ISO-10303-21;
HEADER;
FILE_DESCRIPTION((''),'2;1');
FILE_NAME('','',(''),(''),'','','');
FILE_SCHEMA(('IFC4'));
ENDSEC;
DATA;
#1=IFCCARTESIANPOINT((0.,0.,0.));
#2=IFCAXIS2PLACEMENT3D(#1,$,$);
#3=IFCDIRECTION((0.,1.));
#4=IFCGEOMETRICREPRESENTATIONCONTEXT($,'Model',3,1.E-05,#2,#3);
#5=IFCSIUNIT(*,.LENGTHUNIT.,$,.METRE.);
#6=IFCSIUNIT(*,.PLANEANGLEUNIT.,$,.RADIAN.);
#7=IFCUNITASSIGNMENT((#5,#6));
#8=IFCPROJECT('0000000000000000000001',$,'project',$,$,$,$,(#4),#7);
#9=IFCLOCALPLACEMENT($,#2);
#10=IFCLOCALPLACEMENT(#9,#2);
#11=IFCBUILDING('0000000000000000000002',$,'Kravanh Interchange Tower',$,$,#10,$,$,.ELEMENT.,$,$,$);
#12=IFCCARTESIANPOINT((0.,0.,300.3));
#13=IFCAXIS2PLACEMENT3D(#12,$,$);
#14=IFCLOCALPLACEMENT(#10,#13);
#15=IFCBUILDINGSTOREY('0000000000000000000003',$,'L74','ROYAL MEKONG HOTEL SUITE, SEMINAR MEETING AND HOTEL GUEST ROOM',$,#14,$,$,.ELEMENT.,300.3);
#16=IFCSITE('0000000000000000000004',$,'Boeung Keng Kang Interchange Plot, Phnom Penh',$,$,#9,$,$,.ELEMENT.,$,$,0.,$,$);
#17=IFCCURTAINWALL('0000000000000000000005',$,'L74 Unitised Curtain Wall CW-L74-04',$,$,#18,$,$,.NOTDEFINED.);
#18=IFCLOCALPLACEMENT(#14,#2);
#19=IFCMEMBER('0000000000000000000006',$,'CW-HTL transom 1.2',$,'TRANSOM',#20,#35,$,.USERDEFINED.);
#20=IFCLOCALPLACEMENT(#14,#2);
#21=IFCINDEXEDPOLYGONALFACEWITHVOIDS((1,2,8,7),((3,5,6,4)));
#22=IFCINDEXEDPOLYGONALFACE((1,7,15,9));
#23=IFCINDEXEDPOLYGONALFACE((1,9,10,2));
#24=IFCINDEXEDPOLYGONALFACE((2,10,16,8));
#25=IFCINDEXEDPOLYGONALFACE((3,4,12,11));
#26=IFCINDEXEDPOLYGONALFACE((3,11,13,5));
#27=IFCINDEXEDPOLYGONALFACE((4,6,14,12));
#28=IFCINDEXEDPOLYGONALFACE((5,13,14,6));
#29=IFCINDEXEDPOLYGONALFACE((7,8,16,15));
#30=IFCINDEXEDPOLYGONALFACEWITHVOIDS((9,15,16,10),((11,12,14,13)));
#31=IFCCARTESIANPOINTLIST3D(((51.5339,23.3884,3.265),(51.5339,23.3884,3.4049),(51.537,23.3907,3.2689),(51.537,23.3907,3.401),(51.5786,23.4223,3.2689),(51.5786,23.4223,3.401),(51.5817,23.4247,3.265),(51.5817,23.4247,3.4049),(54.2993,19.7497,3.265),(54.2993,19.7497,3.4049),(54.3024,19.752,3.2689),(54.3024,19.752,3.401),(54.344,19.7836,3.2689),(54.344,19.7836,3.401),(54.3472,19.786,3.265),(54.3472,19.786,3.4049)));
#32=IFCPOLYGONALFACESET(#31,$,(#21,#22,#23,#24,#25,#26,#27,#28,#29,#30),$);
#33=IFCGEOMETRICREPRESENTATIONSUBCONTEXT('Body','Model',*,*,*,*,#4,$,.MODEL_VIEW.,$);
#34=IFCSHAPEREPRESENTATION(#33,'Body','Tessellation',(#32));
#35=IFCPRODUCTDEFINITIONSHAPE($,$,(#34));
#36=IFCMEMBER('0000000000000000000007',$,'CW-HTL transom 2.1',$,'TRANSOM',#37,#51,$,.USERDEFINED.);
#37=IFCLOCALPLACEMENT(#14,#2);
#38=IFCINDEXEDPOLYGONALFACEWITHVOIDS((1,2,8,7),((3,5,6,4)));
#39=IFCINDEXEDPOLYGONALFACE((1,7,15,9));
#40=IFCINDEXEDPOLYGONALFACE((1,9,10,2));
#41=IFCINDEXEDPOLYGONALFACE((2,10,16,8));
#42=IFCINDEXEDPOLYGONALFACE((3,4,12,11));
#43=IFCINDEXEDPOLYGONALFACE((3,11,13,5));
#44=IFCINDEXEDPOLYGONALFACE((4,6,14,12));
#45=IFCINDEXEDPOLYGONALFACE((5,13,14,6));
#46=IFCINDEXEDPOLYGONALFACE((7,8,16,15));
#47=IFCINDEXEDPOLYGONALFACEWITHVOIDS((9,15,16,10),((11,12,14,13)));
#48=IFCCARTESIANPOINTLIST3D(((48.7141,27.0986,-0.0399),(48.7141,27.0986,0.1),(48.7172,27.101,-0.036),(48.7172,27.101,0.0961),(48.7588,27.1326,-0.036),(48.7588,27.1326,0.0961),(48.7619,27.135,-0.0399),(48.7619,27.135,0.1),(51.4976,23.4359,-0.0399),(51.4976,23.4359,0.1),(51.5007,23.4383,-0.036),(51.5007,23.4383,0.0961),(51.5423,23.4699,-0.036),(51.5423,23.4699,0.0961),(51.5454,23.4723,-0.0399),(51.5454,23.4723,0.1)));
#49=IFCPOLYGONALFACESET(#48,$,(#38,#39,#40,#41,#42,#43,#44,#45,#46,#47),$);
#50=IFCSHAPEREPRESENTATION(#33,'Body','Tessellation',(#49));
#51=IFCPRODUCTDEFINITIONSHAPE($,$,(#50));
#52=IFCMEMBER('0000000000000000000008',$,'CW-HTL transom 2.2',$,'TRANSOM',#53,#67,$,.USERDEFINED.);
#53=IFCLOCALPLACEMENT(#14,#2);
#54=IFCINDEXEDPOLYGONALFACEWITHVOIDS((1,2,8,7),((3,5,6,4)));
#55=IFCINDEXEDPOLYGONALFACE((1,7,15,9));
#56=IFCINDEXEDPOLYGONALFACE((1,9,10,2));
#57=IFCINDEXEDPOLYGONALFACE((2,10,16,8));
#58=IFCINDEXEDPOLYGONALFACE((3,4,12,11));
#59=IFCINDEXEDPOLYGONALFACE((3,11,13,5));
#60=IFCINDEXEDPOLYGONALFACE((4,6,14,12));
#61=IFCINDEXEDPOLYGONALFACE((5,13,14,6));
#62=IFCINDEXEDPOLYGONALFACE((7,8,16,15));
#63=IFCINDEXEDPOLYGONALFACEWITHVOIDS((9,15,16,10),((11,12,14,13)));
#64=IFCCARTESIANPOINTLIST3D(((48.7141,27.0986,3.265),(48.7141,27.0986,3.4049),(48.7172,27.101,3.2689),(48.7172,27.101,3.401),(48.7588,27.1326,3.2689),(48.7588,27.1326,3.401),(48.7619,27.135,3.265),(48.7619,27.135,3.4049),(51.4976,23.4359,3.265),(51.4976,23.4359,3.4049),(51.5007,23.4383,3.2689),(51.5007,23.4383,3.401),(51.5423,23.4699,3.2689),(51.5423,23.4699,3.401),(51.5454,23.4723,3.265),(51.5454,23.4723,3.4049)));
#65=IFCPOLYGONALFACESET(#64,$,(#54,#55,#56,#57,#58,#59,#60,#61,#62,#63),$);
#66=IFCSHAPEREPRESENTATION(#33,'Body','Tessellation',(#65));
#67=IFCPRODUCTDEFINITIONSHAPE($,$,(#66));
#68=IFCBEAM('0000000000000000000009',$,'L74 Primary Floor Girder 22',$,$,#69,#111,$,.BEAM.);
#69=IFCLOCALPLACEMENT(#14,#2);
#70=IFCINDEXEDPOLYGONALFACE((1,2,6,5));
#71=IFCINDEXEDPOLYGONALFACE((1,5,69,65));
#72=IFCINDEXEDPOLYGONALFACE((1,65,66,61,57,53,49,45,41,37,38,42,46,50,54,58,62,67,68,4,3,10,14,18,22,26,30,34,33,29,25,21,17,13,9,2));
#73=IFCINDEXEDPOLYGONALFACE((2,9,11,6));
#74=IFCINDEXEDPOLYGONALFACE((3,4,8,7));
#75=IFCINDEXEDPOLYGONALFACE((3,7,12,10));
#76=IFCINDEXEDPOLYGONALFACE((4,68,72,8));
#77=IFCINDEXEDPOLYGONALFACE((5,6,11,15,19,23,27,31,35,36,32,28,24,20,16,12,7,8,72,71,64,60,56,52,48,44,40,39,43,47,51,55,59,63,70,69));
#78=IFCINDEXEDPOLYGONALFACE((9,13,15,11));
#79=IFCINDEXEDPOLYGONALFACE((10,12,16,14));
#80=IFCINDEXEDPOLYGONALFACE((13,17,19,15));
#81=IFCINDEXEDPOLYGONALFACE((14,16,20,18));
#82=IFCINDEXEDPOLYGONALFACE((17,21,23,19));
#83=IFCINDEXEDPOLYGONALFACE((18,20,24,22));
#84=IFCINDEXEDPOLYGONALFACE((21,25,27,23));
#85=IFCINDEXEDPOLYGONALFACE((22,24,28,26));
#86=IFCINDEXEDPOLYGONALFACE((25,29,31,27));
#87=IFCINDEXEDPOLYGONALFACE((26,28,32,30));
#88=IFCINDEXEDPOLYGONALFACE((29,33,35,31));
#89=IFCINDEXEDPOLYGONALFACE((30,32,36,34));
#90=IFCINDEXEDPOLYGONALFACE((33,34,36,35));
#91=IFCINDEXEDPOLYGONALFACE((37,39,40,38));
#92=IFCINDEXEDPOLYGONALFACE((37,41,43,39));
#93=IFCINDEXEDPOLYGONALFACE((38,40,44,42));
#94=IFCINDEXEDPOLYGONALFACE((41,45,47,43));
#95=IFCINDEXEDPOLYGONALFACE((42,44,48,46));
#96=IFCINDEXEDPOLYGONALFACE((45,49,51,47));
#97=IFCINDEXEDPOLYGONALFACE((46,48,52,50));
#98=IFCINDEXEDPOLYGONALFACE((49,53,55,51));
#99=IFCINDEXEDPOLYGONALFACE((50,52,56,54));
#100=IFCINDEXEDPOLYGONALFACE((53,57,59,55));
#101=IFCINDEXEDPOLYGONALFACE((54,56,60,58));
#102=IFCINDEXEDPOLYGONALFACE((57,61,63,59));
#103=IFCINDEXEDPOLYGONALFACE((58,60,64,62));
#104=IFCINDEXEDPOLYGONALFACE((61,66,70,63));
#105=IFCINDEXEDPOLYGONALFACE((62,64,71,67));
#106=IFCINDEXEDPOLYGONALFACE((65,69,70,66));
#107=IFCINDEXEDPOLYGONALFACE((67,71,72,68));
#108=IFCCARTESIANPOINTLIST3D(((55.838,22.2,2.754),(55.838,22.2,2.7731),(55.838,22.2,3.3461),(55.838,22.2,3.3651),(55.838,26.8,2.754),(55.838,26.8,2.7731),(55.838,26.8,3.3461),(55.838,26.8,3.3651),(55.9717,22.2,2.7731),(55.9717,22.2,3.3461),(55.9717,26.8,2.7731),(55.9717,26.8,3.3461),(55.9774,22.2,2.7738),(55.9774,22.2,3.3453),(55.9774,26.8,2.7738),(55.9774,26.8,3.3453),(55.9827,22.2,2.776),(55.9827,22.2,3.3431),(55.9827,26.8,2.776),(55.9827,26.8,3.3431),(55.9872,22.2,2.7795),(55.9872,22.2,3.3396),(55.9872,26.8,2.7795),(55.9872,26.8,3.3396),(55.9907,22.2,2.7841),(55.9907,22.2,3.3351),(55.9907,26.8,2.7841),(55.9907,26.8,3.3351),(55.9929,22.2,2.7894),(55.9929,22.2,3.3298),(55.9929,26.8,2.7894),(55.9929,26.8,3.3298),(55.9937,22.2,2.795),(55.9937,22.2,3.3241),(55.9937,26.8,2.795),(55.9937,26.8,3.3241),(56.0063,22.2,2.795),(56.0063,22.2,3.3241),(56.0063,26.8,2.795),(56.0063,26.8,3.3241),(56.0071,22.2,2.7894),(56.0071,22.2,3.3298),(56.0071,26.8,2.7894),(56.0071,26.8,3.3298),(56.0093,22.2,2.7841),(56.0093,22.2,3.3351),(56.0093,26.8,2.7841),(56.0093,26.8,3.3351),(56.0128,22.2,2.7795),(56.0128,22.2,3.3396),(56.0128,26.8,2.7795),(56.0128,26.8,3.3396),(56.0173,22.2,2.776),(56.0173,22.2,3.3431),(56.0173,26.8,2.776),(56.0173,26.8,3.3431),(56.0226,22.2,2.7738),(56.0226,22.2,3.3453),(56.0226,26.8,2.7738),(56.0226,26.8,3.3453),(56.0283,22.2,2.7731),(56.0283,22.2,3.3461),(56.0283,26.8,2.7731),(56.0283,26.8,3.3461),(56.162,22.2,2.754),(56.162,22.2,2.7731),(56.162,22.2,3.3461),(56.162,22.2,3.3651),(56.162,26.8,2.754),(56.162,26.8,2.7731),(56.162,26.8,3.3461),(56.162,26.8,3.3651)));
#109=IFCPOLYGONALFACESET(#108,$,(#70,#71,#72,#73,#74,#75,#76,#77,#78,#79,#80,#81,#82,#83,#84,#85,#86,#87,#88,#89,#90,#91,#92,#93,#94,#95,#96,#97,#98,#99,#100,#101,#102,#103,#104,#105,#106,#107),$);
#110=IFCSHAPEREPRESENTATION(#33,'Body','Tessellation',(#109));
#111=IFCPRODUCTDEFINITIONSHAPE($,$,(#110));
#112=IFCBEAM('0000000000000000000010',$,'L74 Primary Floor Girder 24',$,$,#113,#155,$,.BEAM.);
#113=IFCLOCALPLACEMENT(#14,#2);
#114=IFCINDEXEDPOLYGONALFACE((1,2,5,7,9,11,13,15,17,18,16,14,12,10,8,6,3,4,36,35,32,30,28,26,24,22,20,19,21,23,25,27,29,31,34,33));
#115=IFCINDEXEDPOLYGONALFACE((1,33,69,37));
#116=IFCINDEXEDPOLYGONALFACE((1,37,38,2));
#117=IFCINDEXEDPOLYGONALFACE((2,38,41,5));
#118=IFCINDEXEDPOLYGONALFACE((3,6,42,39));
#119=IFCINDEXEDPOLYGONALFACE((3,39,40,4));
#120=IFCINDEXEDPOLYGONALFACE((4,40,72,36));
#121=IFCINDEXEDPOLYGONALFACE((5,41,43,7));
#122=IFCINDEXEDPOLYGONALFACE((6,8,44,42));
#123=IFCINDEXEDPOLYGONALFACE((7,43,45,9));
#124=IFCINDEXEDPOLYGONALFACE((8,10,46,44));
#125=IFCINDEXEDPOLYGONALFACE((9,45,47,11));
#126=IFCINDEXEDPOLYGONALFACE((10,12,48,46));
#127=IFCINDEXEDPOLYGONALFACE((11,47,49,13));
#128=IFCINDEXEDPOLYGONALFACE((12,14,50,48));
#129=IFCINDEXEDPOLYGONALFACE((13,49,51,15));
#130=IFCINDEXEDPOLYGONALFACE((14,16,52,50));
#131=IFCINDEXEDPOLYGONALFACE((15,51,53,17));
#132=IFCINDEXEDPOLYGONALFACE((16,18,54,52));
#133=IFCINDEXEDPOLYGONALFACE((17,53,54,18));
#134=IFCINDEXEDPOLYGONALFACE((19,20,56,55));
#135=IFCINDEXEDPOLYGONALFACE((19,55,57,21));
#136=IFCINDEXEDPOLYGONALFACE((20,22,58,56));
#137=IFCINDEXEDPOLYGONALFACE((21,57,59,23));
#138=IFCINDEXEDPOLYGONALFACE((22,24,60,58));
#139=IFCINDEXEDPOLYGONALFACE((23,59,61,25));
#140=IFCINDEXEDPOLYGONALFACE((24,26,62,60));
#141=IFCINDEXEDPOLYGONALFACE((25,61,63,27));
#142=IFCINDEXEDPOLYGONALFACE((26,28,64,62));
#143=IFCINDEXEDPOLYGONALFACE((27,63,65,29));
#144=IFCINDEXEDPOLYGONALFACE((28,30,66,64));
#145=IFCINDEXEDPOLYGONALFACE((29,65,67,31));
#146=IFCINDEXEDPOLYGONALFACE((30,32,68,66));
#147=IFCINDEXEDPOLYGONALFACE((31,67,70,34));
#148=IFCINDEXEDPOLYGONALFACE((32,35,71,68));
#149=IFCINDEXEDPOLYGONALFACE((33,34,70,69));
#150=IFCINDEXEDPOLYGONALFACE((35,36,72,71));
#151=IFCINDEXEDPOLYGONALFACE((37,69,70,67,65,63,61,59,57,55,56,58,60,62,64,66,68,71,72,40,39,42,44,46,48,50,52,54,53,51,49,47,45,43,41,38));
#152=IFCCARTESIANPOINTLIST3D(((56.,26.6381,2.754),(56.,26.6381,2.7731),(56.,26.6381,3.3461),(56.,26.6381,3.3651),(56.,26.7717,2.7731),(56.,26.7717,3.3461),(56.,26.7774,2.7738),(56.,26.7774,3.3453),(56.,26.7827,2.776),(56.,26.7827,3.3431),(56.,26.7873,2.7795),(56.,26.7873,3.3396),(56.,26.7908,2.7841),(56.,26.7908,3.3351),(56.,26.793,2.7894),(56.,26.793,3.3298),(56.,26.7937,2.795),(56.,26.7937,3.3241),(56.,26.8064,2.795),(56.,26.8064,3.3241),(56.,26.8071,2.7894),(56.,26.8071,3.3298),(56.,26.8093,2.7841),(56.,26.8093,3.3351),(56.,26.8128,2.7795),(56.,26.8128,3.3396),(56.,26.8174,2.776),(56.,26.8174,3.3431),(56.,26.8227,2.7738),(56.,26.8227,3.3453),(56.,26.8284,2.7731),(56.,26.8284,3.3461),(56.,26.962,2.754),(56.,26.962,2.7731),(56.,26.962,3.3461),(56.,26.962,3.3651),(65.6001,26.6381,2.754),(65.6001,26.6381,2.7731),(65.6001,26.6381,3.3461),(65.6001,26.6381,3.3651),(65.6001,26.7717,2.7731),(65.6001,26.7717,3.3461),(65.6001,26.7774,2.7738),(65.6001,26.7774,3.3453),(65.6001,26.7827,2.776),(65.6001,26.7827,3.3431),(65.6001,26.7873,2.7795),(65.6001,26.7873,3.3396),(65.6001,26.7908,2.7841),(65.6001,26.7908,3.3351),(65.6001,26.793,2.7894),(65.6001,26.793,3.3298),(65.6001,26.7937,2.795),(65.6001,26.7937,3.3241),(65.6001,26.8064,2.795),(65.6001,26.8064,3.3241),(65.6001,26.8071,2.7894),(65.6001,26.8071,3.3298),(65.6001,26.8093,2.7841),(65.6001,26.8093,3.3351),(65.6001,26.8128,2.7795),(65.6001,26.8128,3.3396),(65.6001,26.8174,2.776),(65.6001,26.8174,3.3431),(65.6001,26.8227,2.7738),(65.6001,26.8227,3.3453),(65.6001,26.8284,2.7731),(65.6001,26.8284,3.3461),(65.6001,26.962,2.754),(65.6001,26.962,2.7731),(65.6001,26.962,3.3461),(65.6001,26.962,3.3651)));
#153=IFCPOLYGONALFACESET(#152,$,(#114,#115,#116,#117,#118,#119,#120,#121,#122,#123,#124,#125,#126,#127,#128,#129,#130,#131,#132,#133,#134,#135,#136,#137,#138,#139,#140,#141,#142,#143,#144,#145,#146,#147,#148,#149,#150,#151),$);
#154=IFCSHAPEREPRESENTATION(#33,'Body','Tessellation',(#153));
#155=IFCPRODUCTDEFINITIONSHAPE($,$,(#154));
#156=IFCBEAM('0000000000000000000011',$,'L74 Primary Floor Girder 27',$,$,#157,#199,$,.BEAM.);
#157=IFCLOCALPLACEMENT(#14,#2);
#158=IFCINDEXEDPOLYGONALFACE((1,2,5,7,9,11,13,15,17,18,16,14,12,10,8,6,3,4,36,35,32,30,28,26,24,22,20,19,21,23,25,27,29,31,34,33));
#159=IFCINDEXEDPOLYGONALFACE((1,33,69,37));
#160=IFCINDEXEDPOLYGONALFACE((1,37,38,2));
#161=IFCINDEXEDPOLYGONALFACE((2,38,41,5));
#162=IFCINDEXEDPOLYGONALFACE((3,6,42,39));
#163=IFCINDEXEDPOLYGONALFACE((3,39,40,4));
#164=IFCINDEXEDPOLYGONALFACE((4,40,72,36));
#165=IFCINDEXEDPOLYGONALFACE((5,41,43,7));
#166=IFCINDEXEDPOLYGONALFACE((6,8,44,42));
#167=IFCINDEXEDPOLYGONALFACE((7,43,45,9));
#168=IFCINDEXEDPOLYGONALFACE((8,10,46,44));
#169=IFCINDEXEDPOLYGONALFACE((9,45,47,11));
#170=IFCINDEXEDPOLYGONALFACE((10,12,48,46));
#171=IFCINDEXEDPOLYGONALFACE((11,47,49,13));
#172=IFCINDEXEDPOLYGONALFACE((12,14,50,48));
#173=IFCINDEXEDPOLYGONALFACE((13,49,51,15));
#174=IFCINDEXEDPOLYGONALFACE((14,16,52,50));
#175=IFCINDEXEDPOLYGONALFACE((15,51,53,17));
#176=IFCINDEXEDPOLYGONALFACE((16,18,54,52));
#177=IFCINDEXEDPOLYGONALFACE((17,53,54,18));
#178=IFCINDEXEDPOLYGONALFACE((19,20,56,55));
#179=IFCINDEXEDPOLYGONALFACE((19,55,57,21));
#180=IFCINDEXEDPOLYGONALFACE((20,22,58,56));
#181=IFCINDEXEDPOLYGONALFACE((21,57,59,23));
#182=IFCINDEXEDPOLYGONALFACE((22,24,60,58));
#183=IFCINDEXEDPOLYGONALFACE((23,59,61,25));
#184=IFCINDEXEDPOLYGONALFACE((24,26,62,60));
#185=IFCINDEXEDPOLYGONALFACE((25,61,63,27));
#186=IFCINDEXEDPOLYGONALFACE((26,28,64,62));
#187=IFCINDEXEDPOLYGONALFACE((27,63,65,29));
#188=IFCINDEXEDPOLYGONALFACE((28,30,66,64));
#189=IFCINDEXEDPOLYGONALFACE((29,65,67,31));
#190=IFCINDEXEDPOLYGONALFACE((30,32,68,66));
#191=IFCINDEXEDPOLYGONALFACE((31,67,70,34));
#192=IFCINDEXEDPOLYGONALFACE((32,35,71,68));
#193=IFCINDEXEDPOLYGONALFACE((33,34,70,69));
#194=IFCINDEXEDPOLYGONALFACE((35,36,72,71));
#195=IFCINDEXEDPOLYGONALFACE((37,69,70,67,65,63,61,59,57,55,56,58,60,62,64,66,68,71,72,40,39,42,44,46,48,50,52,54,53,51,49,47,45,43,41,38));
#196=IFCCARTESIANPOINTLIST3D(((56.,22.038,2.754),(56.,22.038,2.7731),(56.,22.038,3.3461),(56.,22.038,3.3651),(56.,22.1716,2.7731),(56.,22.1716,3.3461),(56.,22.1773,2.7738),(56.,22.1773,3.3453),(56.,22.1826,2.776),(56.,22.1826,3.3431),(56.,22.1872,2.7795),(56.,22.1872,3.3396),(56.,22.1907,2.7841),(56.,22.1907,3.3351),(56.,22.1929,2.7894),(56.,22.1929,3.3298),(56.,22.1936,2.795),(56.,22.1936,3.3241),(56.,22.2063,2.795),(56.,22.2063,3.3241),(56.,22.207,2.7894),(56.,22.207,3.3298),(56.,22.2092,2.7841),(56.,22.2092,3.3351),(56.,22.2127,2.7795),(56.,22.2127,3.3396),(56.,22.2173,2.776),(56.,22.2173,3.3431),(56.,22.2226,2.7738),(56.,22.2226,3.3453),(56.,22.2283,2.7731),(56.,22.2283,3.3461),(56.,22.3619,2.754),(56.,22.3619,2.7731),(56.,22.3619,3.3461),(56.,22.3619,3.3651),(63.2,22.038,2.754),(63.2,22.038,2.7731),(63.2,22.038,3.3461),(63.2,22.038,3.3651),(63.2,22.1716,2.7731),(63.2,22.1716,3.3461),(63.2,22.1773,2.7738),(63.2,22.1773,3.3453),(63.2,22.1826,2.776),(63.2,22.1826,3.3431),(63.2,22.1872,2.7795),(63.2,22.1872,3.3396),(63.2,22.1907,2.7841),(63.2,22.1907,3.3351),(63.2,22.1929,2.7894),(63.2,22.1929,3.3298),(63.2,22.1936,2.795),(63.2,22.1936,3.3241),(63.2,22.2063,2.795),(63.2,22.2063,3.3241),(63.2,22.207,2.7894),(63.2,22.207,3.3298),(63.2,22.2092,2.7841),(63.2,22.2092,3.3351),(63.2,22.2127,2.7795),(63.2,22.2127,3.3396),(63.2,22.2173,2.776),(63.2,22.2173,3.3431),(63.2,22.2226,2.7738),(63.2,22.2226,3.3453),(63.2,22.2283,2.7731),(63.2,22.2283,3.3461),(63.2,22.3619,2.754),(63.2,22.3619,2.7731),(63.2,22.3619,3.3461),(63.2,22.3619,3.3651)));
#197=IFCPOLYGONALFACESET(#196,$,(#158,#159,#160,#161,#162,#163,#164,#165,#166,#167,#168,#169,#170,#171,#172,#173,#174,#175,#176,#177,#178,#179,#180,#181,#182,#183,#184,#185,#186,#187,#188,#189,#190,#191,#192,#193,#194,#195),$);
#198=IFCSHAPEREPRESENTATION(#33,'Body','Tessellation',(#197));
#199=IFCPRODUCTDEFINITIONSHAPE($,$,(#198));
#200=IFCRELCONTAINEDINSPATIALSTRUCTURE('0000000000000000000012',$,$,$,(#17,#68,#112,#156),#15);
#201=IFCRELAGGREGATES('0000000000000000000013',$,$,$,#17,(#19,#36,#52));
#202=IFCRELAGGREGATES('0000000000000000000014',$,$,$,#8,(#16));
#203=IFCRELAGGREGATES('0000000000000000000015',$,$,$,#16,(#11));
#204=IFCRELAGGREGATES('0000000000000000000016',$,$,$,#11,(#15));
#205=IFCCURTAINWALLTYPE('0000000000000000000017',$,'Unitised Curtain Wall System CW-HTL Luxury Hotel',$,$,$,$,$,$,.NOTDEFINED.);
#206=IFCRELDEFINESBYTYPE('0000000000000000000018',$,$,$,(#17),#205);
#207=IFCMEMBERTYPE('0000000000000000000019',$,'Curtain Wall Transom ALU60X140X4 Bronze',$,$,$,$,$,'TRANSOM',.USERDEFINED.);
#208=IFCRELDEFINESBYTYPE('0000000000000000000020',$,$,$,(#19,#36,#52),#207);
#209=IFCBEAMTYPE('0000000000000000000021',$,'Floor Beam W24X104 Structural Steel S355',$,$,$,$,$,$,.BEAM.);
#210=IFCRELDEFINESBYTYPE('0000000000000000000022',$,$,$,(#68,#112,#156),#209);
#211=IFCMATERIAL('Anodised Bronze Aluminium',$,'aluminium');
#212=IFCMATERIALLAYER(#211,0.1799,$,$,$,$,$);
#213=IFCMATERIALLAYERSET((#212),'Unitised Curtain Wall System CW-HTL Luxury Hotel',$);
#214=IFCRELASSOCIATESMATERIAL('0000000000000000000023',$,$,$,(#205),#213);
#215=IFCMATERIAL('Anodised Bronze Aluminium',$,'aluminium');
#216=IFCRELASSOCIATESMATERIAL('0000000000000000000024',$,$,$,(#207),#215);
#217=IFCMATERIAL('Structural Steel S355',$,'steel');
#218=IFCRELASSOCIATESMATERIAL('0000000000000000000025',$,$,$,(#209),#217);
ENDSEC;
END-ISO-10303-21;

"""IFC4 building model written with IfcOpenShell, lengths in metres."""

from ifc_helpers import new_model, si_unit, direction, frame, origin, origin_2d, place, context, subcontext, project, spatial, hollow_rectangle, i_section, extrude, material, layer, layer_set, material_profile, profile_set, type_object, element, aggregate, save


model = new_model("IFC4")

# Units and contexts
model_context = context("Model", 3, precision=1e-05, world=origin(), true_north=direction((0.0, 1.0)))
body_context = subcontext(model_context, "Body", "Model", "MODEL_VIEW")
ifc_project = project(units=[si_unit("LENGTHUNIT", "METRE"), si_unit("PLANEANGLEUNIT", "RADIAN")], contexts=[model_context])

# Site, building, storey
site_placement = place(None, origin())
site = spatial("IfcSite", under=ifc_project, at=site_placement, Name="Boeung Keng Kang Interchange Plot, Phnom Penh", CompositionType="ELEMENT", RefElevation=0.0)
building_placement = place(site_placement, origin())
building = spatial("IfcBuilding", under=site, at=building_placement, Name="Kravanh Interchange Tower", CompositionType="ELEMENT")
storey_placement = place(building_placement, frame((0.0, 0.0, 300.3)))
storey = spatial("IfcBuildingStorey", under=building, at=storey_placement, Name="L74", Description="ROYAL MEKONG HOTEL SUITE, SEMINAR MEETING AND HOTEL GUEST ROOM", CompositionType="ELEMENT", Elevation=300.3)

# Shared definitions
ifc_material_1 = material(Name="Anodised Bronze Aluminium", Category="aluminium")
ifc_layer_1 = layer(ifc_material_1, 0.1799)
ifc_layer_set_1 = layer_set([ifc_layer_1], Name="Unitised Curtain Wall System CW-HTL Luxury Hotel")
curtain_wall_type = type_object("IfcCurtainWallType", Name="Unitised Curtain Wall System CW-HTL Luxury Hotel", PredefinedType="NOTDEFINED", material=ifc_layer_set_1)

# Curtain wall
curtain_wall_1_placement = place(storey_placement, origin())
curtain_wall_1 = element("IfcCurtainWall", 1, at=curtain_wall_1_placement, inside=storey, type_object=curtain_wall_type, Name="L74 Unitised Curtain Wall CW-L74-04", PredefinedType="NOTDEFINED")

# Members
ifc_material_2 = material(Name="Anodised Bronze Aluminium", Category="aluminium")
ifc_material_profile_1 = material_profile(ifc_material_2, hollow_rectangle(XDim=0.0601, YDim=0.1399, WallThickness=0.0039, at=origin_2d()), Name="ALU60X140X4")
ifc_profile_set_1 = profile_set([ifc_material_profile_1], Name="Anodised Bronze Aluminium")
member_type_1 = type_object("IfcMemberType", Name="Curtain Wall Transom ALU60X140X4 Bronze", ElementType="TRANSOM", PredefinedType="USERDEFINED", material=ifc_profile_set_1)
member_1_placement = place(storey_placement, frame((54.3232, 19.7678, 3.335), z_axis=(-0.605082, 0.796163, 0.0), x_axis=(-0.796163, -0.605082, 0.0)))
member_1 = element("IfcMember", 2, at=member_1_placement, type_object=member_type_1, Name="CW-HTL transom 1.2", ObjectType="TRANSOM", PredefinedType="USERDEFINED", context=body_context, shape_type="SweptSolid", body=[
    extrude(hollow_rectangle(XDim=0.0601, YDim=0.1399, WallThickness=0.0039, at=origin_2d()), origin(), (0.0, 0.0, 1.0), 4.5703),
])
member_2_placement = place(storey_placement, frame((51.5215, 23.4541, 0.03), z_axis=(-0.605066, 0.796175, 0.0), x_axis=(-0.796175, -0.605066, 0.0)))
member_2 = element("IfcMember", 3, at=member_2_placement, type_object=member_type_1, Name="CW-HTL transom 2.1", ObjectType="TRANSOM", PredefinedType="USERDEFINED", context=body_context, shape_type="SweptSolid", body=[
    extrude(hollow_rectangle(XDim=0.0601, YDim=0.1399, WallThickness=0.0039, at=origin_2d()), origin(), (0.0, 0.0, 1.0), 4.6003),
])
member_3_placement = place(storey_placement, frame((51.5215, 23.4541, 3.335), z_axis=(-0.605066, 0.796175, 0.0), x_axis=(-0.796175, -0.605066, 0.0)))
member_3 = element("IfcMember", 4, at=member_3_placement, type_object=member_type_1, Name="CW-HTL transom 2.2", ObjectType="TRANSOM", PredefinedType="USERDEFINED", context=body_context, shape_type="SweptSolid", body=[
    extrude(hollow_rectangle(XDim=0.0601, YDim=0.1399, WallThickness=0.0039, at=origin_2d()), origin(), (0.0, 0.0, 1.0), 4.6003),
])

# Beams
ifc_material_3 = material(Name="Structural Steel S355", Category="steel")
ifc_material_profile_2 = material_profile(ifc_material_3, i_section(OverallWidth=0.324, OverallDepth=0.6111, WebThickness=0.0127, FlangeThickness=0.019, FilletRadius=0.022, at=origin_2d()), Name="W24X104")
ifc_profile_set_2 = profile_set([ifc_material_profile_2], Name="Structural Steel S355")
beam_type_1 = type_object("IfcBeamType", Name="Floor Beam W24X104 Structural Steel S355", PredefinedType="BEAM", material=ifc_profile_set_2)
beam_1_placement = place(storey_placement, frame((56.0, 26.8, 3.0596), z_axis=(0.0, -1.0, 0.0), x_axis=(1.0, 0.0, 0.0)))
element("IfcBeam", 5, at=beam_1_placement, inside=storey, type_object=beam_type_1, Name="L74 Primary Floor Girder 22", PredefinedType="BEAM", context=body_context, shape_type="SweptSolid", body=[
    extrude(i_section(OverallWidth=0.324, OverallDepth=0.6111, WebThickness=0.0127, FlangeThickness=0.019, FilletRadius=0.022, at=origin_2d()), origin(), (0.0, 0.0, 1.0), 4.6001),
])
beam_2_placement = place(storey_placement, frame((56.0, 26.8, 3.0596), z_axis=(1.0, 0.0, 0.0), x_axis=(0.0, 1.0, 0.0)))
element("IfcBeam", 6, at=beam_2_placement, inside=storey, type_object=beam_type_1, Name="L74 Primary Floor Girder 24", PredefinedType="BEAM", context=body_context, shape_type="SweptSolid", body=[
    extrude(i_section(OverallWidth=0.324, OverallDepth=0.6111, WebThickness=0.0127, FlangeThickness=0.019, FilletRadius=0.022, at=origin_2d()), origin(), (0.0, 0.0, 1.0), 9.6001),
])
beam_3_placement = place(storey_placement, frame((56.0, 22.2, 3.0596), z_axis=(1.0, 0.0, 0.0), x_axis=(0.0, 1.0, 0.0)))
element("IfcBeam", 7, at=beam_3_placement, inside=storey, type_object=beam_type_1, Name="L74 Primary Floor Girder 27", PredefinedType="BEAM", context=body_context, shape_type="SweptSolid", body=[
    extrude(i_section(OverallWidth=0.324, OverallDepth=0.6111, WebThickness=0.0127, FlangeThickness=0.019, FilletRadius=0.022, at=origin_2d()), origin(), (0.0, 0.0, 1.0), 7.2),
])

aggregate(curtain_wall_1, [member_1, member_2, member_3])

save(model, "model.ifc")
